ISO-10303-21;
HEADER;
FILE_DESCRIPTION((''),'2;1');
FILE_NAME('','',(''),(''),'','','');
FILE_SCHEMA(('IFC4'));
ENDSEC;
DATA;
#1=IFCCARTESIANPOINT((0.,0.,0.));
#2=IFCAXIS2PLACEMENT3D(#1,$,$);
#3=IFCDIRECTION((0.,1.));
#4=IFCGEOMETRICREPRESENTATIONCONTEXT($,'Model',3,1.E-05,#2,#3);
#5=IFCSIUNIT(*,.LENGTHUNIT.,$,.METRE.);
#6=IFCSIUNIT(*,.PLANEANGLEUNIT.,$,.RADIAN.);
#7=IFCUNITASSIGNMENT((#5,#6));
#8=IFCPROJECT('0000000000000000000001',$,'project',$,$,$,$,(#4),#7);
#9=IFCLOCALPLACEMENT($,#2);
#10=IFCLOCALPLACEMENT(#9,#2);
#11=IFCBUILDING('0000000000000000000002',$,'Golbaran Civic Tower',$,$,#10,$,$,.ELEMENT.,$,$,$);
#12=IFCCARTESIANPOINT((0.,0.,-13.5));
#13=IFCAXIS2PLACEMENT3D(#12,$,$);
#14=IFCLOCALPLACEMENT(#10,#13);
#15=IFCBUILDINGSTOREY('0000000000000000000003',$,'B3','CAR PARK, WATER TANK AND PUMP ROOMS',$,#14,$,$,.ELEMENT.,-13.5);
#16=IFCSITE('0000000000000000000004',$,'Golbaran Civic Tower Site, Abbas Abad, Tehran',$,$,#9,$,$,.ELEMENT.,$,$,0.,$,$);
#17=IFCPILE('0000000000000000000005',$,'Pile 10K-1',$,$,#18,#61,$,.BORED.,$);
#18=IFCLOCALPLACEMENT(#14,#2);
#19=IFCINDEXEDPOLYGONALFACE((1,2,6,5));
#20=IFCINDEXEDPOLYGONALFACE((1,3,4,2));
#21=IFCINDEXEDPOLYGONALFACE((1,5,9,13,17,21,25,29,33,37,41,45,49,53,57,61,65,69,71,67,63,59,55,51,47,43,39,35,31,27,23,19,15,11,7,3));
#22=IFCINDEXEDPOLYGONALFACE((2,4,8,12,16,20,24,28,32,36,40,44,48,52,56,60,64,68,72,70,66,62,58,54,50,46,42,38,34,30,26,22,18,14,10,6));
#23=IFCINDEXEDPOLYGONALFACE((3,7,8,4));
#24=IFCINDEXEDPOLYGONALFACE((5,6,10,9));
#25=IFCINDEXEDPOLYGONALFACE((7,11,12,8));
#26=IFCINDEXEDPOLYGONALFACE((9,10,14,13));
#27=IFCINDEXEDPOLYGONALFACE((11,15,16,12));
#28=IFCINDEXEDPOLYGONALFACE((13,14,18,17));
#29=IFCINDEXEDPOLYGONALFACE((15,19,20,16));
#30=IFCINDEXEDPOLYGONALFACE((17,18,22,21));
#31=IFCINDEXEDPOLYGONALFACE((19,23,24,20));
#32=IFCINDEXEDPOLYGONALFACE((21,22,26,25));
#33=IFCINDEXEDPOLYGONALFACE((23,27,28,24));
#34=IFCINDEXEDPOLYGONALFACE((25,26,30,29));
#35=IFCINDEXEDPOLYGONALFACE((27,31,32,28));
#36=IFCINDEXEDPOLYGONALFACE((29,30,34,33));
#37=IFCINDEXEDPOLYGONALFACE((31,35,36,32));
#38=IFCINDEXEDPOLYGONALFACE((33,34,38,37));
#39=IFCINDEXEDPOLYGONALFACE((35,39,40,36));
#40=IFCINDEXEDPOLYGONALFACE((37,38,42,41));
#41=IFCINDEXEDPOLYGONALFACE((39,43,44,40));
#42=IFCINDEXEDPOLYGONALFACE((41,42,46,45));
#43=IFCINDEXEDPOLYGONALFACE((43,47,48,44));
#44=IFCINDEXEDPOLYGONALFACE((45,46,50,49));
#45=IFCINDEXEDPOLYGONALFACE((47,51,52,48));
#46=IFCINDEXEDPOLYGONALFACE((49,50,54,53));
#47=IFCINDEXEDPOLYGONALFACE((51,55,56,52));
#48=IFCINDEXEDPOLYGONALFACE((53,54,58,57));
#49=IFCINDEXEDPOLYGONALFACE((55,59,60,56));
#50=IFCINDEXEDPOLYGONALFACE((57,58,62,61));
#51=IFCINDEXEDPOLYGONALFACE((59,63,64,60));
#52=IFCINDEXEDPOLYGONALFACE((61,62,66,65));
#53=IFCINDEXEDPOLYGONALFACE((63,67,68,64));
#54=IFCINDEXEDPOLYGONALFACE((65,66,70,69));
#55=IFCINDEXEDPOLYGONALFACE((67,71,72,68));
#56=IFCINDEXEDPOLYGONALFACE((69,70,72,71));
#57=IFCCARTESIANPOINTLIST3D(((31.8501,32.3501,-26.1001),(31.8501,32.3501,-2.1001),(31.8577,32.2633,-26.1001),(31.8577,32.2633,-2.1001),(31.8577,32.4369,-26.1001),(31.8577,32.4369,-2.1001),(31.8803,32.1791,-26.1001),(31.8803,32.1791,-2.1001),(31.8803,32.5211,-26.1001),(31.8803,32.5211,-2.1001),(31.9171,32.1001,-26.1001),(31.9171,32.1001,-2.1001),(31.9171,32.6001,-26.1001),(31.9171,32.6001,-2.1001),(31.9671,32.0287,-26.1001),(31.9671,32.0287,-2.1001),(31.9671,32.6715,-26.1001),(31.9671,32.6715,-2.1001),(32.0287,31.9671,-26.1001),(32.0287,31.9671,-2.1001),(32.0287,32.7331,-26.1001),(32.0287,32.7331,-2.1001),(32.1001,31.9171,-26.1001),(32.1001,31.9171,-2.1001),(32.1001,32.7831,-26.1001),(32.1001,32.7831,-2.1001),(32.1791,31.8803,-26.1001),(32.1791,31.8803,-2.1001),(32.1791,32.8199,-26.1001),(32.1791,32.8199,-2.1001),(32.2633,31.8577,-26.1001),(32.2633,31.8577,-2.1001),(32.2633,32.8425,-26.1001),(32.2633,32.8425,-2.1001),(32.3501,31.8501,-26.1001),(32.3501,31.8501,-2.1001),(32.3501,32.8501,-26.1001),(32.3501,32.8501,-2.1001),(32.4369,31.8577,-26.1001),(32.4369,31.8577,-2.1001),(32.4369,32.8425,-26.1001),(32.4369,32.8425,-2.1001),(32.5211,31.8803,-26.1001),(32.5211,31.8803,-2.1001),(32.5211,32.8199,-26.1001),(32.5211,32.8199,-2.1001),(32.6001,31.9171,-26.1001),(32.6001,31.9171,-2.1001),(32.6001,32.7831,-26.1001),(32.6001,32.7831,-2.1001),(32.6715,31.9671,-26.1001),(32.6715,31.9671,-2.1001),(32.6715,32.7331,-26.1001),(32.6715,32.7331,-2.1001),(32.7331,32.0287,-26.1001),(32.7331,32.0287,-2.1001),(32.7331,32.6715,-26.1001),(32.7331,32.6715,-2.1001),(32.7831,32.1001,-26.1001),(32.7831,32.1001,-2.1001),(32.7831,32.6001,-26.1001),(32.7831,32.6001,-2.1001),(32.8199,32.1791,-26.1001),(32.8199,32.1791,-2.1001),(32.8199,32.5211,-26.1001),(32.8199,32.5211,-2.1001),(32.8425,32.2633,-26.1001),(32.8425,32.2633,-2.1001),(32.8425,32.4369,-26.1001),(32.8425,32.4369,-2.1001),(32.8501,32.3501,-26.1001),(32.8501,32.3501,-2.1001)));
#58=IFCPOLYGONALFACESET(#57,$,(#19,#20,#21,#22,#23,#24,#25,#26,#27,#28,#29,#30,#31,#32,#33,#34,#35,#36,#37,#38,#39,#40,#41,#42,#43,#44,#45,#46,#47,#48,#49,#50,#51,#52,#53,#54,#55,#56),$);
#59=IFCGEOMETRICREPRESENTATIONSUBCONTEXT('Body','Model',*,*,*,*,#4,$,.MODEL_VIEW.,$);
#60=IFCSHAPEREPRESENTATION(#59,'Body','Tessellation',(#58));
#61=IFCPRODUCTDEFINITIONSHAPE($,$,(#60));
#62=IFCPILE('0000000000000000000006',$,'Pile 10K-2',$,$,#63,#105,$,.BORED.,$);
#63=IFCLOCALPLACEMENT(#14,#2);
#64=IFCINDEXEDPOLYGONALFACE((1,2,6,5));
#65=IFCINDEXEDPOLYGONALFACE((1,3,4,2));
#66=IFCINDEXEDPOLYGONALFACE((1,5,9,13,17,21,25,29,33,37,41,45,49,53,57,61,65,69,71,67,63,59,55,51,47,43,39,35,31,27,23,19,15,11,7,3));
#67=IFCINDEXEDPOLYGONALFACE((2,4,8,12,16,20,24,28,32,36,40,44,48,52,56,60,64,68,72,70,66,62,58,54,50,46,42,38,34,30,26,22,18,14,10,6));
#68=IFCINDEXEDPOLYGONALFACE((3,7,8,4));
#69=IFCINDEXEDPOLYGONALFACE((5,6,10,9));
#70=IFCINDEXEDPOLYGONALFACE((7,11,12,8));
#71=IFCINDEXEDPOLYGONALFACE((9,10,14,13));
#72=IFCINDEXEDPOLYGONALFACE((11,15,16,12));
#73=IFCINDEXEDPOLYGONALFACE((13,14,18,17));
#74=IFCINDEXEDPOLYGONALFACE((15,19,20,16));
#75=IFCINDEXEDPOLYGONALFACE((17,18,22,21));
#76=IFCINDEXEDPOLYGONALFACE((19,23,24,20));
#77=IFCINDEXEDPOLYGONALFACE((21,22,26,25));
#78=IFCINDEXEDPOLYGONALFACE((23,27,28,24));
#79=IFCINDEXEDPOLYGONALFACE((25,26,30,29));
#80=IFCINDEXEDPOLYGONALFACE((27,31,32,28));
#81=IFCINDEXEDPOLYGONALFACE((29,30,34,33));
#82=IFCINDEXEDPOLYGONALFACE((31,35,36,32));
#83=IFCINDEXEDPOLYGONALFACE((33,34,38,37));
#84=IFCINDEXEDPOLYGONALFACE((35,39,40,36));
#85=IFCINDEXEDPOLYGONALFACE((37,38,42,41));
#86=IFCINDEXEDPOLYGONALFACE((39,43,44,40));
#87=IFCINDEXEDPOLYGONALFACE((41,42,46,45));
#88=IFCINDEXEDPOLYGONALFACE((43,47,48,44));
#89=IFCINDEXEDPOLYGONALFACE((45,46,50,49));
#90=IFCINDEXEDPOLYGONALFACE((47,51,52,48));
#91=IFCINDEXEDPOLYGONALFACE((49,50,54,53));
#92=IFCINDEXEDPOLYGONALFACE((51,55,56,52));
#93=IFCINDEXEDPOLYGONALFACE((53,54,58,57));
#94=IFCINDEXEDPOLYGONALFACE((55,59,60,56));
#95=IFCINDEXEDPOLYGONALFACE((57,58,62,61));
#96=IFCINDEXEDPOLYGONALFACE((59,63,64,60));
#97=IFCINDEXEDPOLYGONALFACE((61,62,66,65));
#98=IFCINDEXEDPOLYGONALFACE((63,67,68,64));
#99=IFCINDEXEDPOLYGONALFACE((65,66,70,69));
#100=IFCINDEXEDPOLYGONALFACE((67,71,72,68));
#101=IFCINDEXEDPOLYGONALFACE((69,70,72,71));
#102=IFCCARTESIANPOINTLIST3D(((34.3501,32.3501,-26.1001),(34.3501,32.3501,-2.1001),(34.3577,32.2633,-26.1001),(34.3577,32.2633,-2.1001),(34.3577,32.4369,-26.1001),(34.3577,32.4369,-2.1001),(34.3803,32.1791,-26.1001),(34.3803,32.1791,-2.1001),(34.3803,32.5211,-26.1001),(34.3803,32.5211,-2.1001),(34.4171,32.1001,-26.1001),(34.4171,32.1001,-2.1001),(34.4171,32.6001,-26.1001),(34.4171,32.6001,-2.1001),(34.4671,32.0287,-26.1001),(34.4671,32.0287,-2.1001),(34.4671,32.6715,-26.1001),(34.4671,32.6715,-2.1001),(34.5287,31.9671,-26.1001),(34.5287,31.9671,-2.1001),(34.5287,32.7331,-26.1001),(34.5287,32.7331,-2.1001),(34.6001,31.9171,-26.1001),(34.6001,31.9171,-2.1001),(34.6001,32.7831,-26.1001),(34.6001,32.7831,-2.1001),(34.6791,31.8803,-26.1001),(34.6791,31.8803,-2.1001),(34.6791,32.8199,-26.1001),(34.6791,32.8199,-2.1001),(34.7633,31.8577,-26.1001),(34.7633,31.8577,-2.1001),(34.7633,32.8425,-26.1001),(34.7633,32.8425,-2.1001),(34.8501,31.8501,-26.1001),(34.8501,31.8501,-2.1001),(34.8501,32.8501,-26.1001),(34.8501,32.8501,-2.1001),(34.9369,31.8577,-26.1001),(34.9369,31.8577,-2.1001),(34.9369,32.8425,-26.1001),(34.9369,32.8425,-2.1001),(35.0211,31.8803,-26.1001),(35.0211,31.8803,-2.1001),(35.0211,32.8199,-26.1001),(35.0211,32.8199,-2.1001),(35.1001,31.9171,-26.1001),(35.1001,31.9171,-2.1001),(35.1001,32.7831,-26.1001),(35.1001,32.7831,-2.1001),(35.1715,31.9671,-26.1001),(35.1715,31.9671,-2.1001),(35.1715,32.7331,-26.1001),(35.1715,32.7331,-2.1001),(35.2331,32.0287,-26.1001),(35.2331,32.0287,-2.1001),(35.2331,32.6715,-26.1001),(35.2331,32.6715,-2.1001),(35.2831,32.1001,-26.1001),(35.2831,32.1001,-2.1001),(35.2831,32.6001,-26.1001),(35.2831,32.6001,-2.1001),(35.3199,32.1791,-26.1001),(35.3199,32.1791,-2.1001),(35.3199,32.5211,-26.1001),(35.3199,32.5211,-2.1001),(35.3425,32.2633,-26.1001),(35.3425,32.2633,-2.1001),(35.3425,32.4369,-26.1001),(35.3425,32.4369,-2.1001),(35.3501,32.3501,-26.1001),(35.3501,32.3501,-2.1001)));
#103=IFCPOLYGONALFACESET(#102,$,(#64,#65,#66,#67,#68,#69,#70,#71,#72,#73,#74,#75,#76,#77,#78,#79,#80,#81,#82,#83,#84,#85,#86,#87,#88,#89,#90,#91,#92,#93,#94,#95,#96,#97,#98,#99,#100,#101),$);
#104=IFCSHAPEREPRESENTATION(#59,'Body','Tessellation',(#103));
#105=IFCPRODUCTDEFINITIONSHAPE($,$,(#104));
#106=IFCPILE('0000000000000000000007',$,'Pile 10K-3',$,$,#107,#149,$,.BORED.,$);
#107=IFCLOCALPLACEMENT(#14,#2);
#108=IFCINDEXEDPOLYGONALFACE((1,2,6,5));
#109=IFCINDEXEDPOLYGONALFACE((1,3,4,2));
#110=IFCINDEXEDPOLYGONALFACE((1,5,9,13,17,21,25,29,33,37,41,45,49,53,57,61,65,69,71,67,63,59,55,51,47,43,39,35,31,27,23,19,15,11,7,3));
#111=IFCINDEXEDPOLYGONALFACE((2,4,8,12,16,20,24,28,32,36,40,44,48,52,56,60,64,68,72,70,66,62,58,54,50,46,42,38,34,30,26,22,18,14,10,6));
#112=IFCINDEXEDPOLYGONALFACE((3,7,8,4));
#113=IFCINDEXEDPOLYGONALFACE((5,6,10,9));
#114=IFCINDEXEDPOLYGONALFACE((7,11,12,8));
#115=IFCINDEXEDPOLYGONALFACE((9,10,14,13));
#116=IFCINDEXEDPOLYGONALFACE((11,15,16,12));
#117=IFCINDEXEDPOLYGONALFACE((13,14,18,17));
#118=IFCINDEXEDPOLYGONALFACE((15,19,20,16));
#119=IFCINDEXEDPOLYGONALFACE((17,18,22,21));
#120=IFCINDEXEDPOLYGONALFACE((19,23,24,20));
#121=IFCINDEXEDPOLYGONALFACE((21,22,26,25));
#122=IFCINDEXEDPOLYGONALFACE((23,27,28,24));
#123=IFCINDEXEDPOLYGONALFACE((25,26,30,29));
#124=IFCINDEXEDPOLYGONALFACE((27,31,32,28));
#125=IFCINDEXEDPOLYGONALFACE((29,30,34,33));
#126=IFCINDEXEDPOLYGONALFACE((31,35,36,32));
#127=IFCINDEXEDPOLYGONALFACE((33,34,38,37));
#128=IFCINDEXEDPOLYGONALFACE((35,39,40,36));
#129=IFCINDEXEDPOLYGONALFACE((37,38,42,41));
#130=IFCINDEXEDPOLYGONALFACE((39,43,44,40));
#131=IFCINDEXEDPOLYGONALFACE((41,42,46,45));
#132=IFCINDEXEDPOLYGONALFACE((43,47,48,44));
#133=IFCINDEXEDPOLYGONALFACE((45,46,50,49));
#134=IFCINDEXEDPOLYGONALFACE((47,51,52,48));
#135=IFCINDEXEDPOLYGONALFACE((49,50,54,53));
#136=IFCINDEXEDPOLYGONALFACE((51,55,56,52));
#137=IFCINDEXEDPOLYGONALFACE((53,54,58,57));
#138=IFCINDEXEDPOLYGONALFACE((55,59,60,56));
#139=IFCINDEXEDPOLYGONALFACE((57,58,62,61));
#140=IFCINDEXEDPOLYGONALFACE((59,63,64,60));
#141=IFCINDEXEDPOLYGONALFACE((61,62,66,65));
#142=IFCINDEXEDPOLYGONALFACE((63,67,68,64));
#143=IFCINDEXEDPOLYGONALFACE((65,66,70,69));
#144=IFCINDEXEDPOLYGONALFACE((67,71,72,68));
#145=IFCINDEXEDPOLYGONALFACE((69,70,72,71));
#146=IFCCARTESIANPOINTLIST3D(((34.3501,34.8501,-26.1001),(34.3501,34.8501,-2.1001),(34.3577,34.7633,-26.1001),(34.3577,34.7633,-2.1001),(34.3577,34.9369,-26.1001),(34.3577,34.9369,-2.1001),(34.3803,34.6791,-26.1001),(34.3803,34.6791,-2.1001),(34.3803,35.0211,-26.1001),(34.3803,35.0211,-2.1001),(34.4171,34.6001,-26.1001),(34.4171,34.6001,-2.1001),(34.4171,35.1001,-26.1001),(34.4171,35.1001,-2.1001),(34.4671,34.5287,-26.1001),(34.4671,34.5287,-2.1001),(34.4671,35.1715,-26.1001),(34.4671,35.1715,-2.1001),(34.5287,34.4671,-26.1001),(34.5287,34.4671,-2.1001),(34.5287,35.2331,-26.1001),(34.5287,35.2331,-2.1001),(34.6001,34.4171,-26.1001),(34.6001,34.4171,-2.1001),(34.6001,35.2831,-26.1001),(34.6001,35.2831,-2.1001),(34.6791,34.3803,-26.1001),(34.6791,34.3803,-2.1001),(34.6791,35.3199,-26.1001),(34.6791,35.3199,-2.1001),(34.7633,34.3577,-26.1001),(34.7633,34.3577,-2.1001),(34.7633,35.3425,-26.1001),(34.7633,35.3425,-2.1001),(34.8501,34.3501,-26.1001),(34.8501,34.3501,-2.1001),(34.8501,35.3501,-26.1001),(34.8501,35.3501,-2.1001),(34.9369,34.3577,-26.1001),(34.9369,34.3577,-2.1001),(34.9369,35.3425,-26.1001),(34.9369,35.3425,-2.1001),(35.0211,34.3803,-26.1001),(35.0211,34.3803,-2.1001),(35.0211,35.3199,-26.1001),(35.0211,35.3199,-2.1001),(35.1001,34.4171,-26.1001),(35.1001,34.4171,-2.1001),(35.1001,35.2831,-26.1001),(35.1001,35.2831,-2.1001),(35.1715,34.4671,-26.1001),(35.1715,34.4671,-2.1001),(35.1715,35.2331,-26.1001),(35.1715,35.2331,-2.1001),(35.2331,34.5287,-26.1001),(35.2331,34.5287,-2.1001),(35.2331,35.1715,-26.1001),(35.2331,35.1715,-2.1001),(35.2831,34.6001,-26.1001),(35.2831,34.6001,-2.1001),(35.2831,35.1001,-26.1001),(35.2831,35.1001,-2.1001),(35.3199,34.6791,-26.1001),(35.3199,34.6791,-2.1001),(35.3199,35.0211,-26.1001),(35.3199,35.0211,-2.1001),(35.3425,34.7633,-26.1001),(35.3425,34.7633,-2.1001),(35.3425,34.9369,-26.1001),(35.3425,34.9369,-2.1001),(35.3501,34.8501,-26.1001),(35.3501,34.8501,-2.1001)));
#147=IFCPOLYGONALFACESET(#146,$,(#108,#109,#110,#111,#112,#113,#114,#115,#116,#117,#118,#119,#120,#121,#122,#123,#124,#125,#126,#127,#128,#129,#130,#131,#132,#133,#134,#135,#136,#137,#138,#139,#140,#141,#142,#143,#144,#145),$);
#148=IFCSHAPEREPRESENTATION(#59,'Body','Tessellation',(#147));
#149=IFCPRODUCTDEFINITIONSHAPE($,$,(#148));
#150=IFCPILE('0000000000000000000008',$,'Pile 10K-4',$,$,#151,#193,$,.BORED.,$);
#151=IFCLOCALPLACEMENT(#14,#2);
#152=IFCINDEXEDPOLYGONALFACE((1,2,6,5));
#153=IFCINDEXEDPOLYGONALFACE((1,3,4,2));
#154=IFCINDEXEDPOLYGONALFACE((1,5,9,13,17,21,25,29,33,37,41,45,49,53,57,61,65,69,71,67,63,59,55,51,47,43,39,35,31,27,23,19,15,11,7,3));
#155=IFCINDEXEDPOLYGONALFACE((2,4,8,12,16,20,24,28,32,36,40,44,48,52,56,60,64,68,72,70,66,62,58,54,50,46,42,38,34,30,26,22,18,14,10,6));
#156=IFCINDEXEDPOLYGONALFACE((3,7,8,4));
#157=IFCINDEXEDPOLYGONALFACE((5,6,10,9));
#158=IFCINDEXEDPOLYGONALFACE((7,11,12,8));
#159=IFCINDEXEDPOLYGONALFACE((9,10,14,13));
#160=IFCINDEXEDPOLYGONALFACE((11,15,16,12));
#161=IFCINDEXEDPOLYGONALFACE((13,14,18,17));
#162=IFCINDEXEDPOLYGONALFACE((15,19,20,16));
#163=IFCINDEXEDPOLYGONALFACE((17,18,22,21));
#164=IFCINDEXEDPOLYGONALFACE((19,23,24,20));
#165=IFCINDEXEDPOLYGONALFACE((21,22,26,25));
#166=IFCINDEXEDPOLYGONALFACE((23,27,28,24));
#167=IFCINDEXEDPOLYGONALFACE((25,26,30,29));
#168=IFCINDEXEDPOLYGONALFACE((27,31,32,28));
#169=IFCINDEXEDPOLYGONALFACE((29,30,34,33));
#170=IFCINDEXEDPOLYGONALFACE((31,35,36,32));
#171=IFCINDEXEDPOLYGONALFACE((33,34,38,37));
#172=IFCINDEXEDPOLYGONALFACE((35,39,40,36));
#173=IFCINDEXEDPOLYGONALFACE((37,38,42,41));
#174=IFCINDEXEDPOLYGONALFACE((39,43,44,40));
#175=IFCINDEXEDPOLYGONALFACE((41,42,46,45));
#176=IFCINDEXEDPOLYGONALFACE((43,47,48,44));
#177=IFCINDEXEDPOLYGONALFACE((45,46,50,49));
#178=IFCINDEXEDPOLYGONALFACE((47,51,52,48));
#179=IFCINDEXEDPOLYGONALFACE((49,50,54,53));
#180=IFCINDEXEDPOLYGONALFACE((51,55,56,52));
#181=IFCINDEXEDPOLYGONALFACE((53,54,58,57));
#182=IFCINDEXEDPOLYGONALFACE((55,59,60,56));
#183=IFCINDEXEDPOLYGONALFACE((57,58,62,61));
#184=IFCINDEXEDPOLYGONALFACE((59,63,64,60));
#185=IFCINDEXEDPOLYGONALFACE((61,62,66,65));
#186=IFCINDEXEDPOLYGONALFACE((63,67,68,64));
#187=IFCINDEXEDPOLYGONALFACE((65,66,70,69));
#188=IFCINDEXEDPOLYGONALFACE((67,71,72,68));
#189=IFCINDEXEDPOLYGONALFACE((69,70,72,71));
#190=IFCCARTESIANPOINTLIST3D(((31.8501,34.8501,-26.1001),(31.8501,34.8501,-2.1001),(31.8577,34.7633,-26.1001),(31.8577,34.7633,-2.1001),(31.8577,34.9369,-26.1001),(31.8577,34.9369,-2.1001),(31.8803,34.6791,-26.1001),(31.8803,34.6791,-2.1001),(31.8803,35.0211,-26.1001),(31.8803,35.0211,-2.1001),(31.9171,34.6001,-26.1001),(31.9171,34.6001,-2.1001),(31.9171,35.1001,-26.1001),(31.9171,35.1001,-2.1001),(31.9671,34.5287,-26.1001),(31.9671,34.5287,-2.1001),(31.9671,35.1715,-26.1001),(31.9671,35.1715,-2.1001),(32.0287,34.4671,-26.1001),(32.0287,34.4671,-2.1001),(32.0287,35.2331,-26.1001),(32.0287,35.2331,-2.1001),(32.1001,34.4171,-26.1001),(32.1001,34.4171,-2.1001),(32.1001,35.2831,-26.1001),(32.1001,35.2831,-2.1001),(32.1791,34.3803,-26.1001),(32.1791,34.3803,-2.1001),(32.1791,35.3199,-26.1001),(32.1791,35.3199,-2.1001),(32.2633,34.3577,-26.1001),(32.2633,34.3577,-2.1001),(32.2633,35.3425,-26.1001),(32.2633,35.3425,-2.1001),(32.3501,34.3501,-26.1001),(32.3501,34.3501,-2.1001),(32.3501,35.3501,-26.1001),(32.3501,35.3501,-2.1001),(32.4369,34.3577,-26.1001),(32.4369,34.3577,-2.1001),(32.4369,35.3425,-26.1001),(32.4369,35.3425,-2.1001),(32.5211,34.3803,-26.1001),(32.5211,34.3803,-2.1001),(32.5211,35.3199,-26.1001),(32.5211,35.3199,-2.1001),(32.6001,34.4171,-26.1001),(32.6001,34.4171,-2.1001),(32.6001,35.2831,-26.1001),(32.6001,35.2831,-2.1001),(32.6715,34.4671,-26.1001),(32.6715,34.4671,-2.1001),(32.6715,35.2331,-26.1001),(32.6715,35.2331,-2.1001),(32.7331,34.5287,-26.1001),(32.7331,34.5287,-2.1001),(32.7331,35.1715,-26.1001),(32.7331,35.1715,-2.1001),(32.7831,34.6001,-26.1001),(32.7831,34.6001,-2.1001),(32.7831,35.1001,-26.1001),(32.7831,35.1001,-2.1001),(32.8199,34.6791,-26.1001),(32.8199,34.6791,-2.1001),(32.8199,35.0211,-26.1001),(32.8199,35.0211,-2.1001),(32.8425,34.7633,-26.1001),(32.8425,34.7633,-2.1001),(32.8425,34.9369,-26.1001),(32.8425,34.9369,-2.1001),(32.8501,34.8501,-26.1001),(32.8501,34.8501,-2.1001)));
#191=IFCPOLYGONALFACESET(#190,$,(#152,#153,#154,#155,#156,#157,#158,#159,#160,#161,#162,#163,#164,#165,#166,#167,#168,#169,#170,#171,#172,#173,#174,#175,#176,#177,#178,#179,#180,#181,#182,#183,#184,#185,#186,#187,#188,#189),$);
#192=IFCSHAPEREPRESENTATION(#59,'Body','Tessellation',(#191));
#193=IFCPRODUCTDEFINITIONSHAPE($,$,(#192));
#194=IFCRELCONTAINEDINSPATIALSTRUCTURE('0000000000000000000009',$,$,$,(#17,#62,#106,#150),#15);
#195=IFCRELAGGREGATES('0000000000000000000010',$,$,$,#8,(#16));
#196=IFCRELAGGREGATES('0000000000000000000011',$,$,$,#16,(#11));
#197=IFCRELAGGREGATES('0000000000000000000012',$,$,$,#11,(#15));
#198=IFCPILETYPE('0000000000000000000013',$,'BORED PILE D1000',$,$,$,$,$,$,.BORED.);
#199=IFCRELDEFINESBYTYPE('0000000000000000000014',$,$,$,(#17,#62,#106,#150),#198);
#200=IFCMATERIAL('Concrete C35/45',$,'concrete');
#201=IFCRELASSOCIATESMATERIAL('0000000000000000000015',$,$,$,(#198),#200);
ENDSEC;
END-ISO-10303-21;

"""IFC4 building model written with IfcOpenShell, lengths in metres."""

from ifc_helpers import new_model, si_unit, direction, frame, origin, origin_2d, place, context, subcontext, project, spatial, circle, extrude, material, material_profile, profile_set, type_object, element, save


model = new_model("IFC4")

# Units and contexts
model_context = context("Model", 3, precision=1e-05, world=origin(), true_north=direction((0.0, 1.0)))
body_context = subcontext(model_context, "Body", "Model", "MODEL_VIEW")
ifc_project = project(units=[si_unit("LENGTHUNIT", "METRE"), si_unit("PLANEANGLEUNIT", "RADIAN")], contexts=[model_context])

# Site, building, storey
site_placement = place(None, origin())
site = spatial("IfcSite", under=ifc_project, at=site_placement, Name="Golbaran Civic Tower Site, Abbas Abad, Tehran", CompositionType="ELEMENT", RefElevation=0.0)
building_placement = place(site_placement, origin())
building = spatial("IfcBuilding", under=site, at=building_placement, Name="Golbaran Civic Tower", CompositionType="ELEMENT")
storey_placement = place(building_placement, frame((0.0, 0.0, -13.5)))
storey = spatial("IfcBuildingStorey", under=building, at=storey_placement, Name="B3", Description="CAR PARK, WATER TANK AND PUMP ROOMS", CompositionType="ELEMENT", Elevation=-13.5)

# Piles
ifc_material_1 = material(Name="Concrete C35/45", Category="concrete")
ifc_material_profile_1 = material_profile(ifc_material_1, circle(Radius=0.5, at=origin_2d()), Name="BORED PILE D1000")
ifc_profile_set_1 = profile_set([ifc_material_profile_1], Name="Concrete C35/45")
pile_type_1 = type_object("IfcPileType", Name="BORED PILE D1000", PredefinedType="BORED", material=ifc_profile_set_1)
for number, where, z_axis, x_axis, name in (
    (1, (32.3501, 32.3501, -2.1001), (0.0, 0.0, -1.0), (1.0, 0.0, 0.0), "Pile 10K-1"),
    (2, (34.8501, 32.3501, -2.1001), (0.0, 0.0, -1.0), (1.0, 0.0, 0.0), "Pile 10K-2"),
    (3, (34.8501, 34.8501, -2.1001), (0.0, 0.0, -1.0), (1.0, 0.0, 0.0), "Pile 10K-3"),
    (4, (32.3501, 34.8501, -2.1001), (0.0, 0.0, -1.0), (1.0, 0.0, 0.0), "Pile 10K-4"),
):
    element("IfcPile", number, at=place(storey_placement, frame(where, z_axis=z_axis, x_axis=x_axis)), inside=storey, type_object=pile_type_1, Name=name, PredefinedType="BORED", context=body_context, shape_type="SweptSolid", body=[
        extrude(circle(Radius=0.5, at=origin_2d()), origin(), (0.0, 0.0, 1.0), 24.0),
    ])

save(model, "model.ifc")
